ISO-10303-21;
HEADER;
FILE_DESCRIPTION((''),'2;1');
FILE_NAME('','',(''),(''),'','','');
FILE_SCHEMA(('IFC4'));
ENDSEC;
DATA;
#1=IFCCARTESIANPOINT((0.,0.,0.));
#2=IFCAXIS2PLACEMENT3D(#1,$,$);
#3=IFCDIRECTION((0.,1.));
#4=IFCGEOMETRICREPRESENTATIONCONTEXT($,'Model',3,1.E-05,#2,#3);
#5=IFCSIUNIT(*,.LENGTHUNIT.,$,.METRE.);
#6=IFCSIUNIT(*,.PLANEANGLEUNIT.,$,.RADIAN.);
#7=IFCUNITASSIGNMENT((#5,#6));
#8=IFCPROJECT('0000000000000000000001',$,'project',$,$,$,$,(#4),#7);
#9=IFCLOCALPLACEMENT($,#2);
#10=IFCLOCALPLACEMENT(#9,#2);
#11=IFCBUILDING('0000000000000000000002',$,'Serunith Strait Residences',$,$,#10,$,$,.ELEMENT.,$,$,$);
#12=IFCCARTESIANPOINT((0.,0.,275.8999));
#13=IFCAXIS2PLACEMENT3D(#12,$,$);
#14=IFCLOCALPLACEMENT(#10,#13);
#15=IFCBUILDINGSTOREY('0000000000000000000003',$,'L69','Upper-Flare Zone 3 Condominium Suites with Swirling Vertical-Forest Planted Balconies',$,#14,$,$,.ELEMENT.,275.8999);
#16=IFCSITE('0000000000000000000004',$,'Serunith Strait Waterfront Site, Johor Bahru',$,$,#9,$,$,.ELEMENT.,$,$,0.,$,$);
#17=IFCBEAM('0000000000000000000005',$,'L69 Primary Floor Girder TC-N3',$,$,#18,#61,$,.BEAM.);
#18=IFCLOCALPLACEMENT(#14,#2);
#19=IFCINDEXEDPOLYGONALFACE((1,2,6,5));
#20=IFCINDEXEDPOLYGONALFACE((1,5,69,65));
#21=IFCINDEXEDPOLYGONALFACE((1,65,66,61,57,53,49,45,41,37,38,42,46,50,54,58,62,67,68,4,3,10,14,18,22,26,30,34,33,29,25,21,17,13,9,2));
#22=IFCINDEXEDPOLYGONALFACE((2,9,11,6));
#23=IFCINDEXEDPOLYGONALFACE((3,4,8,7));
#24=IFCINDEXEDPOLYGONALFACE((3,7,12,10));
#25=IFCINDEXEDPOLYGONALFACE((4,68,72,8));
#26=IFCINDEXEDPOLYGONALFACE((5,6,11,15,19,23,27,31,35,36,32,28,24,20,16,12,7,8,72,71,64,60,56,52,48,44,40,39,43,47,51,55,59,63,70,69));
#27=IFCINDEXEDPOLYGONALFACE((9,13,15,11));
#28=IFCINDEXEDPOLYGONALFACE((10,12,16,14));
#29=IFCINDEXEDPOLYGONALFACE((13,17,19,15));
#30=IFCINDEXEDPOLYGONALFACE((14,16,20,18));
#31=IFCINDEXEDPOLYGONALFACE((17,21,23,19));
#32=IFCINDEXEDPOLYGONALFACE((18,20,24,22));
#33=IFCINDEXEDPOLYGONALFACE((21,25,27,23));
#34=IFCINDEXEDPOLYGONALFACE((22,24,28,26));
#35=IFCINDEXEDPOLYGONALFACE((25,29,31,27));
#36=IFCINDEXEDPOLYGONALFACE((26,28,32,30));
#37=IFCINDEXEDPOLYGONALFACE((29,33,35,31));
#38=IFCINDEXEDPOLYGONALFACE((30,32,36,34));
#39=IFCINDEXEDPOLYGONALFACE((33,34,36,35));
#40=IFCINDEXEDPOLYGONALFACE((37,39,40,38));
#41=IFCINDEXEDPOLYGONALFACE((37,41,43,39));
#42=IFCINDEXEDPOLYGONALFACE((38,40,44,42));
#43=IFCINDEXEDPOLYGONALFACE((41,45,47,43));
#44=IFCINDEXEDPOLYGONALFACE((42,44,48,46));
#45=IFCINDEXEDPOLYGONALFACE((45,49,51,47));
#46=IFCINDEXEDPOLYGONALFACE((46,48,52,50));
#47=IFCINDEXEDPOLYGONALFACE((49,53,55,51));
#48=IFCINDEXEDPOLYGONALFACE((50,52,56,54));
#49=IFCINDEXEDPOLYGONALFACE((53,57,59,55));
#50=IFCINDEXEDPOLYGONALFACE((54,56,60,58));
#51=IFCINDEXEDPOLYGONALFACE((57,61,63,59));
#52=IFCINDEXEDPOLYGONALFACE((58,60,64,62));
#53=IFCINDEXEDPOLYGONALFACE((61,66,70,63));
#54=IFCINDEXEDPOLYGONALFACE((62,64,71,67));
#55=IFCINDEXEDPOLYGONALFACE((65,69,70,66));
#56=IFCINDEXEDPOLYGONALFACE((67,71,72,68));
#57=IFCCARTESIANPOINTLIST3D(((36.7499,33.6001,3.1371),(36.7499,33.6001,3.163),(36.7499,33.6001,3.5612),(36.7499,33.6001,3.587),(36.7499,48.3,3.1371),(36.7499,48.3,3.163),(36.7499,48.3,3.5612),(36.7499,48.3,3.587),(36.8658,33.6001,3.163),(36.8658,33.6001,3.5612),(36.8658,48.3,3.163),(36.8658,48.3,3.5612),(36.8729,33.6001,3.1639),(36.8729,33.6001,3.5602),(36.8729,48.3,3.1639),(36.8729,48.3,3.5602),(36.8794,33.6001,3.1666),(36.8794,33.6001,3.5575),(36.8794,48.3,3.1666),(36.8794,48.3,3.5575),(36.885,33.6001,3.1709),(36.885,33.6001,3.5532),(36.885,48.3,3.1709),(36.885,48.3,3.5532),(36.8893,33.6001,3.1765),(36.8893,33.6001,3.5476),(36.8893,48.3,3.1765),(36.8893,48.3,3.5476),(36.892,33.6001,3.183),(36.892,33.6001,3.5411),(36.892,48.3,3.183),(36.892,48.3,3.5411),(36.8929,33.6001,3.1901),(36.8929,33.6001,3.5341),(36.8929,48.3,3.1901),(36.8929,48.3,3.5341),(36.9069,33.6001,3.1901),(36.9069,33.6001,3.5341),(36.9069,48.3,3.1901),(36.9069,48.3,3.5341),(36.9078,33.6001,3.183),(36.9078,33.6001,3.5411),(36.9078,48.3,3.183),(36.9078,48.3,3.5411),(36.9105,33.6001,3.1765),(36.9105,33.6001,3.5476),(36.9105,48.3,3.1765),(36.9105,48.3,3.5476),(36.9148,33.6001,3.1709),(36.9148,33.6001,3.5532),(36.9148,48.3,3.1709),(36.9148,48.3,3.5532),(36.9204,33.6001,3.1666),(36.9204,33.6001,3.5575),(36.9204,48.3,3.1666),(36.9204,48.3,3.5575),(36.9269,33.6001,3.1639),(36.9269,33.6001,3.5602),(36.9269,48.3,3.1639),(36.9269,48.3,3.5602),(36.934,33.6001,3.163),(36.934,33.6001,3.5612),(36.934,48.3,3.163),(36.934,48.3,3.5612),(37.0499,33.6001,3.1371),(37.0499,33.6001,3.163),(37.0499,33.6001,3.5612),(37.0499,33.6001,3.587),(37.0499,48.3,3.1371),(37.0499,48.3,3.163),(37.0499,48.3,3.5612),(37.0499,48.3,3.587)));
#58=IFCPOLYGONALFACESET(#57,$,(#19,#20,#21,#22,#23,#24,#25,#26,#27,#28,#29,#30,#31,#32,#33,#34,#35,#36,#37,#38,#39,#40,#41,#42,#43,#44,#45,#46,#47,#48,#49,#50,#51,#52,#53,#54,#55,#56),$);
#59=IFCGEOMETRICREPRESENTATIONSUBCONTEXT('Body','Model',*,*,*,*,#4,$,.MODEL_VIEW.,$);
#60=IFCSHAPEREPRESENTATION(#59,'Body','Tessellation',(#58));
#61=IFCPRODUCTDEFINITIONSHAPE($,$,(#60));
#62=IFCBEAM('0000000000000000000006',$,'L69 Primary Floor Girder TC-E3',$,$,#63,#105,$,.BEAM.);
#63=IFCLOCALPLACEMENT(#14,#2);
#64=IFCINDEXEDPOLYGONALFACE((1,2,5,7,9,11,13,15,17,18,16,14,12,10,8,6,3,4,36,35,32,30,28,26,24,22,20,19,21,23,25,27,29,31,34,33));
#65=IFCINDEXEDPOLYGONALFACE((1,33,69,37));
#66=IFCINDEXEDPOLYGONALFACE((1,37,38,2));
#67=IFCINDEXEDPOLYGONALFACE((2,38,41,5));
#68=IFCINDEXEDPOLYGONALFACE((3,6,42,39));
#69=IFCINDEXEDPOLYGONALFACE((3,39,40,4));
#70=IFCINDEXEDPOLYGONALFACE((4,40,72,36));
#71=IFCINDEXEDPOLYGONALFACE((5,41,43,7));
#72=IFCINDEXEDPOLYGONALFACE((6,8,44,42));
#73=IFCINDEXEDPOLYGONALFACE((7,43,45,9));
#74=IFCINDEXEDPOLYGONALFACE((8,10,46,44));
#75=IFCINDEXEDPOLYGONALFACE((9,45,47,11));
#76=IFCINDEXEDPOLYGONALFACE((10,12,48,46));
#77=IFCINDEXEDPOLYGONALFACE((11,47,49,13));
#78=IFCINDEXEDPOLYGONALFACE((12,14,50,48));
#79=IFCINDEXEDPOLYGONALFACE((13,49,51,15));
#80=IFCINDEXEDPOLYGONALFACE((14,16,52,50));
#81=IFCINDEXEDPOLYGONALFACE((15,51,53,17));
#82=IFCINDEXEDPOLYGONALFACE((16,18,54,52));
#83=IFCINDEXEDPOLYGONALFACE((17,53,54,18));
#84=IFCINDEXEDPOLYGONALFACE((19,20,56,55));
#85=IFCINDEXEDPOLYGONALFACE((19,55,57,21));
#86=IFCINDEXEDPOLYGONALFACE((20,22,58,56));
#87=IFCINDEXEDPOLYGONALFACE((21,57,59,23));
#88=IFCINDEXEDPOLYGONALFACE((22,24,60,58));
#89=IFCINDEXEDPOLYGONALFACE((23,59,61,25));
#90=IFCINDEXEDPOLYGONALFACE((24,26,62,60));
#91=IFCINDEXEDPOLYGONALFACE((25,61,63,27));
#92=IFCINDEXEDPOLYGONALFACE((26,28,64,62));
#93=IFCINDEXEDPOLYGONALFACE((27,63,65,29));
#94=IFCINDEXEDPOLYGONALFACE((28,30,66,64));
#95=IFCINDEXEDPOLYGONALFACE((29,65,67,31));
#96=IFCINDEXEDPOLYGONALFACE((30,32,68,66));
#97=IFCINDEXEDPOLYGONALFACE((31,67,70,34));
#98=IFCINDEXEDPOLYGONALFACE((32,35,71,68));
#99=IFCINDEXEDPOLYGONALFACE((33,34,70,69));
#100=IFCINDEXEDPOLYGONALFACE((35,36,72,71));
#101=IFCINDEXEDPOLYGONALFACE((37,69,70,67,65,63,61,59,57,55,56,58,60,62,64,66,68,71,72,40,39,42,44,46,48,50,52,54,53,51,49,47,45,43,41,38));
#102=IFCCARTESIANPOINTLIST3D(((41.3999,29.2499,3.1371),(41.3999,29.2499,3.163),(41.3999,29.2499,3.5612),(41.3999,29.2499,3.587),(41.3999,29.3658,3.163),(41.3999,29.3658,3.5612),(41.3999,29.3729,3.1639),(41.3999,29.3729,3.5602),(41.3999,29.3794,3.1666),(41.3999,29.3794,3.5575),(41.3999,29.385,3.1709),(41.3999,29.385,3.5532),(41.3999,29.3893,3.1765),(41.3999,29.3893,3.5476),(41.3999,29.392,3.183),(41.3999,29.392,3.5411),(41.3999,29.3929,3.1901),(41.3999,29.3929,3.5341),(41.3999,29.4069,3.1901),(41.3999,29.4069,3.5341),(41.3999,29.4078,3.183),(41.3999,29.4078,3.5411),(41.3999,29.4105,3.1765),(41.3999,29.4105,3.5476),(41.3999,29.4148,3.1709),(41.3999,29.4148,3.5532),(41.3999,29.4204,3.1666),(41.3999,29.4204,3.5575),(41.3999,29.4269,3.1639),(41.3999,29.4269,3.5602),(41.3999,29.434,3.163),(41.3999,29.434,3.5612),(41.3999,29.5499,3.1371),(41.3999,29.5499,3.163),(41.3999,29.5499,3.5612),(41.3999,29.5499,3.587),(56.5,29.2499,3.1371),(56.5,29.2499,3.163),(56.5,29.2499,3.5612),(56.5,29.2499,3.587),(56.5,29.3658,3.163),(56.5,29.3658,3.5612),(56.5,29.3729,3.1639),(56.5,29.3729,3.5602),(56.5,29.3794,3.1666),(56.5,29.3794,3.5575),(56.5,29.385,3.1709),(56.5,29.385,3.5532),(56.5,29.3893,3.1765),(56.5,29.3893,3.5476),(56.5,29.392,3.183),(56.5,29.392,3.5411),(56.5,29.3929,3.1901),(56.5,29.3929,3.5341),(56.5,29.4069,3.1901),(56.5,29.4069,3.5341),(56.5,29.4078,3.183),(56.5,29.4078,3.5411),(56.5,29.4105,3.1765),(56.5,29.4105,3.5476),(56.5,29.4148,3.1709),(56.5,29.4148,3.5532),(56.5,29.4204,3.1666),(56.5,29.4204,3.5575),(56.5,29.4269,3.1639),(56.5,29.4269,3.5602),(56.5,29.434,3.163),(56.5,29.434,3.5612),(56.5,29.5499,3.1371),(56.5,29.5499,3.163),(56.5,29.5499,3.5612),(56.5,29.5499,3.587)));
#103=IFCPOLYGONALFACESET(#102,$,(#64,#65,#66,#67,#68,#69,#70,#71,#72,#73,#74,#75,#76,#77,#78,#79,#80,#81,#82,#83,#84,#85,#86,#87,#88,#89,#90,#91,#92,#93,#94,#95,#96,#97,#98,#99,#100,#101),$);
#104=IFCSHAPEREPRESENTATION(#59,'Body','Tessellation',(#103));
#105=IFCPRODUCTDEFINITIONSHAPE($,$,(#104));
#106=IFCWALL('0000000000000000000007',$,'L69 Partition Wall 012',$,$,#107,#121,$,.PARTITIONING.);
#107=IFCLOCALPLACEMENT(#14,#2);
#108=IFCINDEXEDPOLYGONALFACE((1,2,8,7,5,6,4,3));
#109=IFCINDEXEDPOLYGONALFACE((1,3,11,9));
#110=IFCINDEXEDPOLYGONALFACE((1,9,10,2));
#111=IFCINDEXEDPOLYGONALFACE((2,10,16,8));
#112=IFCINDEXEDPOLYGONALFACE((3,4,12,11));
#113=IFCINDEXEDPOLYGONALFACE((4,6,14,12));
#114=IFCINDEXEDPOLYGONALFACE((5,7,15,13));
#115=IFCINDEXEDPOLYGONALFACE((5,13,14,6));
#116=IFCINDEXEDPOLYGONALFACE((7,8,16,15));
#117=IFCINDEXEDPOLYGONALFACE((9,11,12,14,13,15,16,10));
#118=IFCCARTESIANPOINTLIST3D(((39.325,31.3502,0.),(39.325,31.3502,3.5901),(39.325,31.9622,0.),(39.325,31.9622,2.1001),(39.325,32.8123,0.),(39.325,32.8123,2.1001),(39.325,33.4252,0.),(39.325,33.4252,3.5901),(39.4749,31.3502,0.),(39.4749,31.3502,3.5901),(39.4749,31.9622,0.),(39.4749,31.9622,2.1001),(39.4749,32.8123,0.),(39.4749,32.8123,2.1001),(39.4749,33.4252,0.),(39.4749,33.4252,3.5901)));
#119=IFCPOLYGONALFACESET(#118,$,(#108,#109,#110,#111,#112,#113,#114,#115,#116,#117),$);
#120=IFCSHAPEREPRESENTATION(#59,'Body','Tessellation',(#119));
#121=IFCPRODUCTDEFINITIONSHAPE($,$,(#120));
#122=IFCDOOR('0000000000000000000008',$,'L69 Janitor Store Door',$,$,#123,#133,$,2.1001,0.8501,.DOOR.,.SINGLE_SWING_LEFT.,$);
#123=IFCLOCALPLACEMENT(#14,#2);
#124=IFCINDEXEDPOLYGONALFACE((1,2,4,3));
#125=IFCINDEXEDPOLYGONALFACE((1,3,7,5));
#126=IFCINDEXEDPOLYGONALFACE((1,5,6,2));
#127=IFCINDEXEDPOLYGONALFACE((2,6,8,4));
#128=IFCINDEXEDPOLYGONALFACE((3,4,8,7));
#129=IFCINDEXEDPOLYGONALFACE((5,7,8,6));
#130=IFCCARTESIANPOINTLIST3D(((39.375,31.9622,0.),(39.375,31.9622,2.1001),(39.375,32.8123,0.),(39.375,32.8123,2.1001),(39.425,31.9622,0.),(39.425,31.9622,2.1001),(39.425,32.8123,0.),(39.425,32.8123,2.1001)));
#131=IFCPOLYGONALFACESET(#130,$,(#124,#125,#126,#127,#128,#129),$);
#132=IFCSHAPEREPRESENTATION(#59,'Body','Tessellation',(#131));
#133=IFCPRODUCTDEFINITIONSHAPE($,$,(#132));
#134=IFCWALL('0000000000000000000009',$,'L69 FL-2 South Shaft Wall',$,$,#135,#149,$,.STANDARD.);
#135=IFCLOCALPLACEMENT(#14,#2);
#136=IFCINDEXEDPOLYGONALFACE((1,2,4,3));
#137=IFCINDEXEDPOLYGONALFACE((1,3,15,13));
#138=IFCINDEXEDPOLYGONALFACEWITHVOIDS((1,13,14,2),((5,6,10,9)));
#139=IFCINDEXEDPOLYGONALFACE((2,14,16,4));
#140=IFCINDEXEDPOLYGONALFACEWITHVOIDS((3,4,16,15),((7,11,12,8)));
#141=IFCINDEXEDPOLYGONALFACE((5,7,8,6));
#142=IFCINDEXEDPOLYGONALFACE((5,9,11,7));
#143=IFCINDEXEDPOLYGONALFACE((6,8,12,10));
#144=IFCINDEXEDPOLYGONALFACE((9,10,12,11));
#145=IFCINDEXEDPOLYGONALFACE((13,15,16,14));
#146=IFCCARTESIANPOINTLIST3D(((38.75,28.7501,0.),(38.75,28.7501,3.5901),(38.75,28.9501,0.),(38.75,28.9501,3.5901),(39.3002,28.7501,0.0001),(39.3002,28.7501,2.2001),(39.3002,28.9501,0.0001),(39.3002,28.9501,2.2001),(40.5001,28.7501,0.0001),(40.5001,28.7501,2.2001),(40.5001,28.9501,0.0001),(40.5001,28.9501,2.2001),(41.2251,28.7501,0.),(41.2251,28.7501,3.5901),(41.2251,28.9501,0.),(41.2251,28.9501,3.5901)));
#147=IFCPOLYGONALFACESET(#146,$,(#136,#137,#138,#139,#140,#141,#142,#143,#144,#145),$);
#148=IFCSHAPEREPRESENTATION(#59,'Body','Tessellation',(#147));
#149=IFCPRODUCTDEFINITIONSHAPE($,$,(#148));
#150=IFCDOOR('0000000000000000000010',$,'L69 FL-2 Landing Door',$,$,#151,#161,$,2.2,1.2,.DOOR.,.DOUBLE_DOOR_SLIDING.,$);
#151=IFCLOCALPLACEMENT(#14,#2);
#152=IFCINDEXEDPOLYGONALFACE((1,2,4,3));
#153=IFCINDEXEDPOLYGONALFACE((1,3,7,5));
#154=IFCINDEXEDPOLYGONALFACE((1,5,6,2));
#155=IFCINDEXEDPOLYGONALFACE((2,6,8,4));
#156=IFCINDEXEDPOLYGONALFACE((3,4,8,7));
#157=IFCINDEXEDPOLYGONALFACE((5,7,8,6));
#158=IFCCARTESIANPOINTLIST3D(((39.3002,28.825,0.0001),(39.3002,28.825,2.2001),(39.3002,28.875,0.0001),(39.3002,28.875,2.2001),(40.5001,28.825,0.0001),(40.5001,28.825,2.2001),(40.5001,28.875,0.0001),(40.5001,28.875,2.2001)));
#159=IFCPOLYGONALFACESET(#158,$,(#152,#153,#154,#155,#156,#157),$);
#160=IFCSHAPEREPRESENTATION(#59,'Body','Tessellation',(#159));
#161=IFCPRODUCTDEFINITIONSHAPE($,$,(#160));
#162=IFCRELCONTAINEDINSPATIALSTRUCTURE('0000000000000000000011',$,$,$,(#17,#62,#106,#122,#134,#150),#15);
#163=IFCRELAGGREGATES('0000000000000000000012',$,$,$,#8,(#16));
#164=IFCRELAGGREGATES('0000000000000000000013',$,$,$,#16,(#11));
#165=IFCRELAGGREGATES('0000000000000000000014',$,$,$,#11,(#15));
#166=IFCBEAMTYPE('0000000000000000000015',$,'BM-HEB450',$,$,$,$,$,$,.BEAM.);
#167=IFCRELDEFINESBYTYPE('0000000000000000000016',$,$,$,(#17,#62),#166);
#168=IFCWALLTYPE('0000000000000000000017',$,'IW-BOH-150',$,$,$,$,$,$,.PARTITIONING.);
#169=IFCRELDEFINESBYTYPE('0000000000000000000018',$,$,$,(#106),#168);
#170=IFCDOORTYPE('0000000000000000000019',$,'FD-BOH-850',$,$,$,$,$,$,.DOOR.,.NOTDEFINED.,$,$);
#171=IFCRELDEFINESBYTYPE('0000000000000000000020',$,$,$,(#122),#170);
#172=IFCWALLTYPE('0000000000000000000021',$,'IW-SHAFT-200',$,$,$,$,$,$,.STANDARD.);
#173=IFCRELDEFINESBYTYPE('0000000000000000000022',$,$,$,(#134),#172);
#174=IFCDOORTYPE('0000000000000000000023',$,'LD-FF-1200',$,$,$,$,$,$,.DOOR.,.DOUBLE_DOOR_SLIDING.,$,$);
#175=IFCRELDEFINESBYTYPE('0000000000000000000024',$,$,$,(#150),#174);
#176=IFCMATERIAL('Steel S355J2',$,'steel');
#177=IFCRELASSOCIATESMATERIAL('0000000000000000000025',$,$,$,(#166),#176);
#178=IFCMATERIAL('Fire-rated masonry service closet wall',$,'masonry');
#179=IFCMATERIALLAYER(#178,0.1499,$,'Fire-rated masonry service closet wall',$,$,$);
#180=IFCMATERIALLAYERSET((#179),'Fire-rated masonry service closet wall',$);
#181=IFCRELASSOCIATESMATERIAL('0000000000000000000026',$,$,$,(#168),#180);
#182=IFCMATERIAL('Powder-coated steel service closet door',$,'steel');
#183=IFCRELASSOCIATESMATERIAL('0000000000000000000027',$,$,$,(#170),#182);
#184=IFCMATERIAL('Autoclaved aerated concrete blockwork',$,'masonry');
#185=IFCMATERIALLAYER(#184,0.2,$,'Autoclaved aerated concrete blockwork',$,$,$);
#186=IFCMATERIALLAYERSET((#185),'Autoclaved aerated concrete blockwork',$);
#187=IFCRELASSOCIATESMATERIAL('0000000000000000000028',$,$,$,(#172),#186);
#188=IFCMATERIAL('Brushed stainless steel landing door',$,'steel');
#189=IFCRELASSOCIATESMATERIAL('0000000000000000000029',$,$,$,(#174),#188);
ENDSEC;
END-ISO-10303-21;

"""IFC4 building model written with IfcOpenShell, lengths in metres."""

from ifc_helpers import new_model, si_unit, direction, frame, frame_2d, origin, origin_2d, place, context, subcontext, project, spatial, rectangle, i_section, extrude, source, transform, mapped, material, layer, layer_set, material_profile, profile_set, type_object, element, fill, save


model = new_model("IFC4")

# Units and contexts
model_context = context("Model", 3, precision=1e-05, world=origin(), true_north=direction((0.0, 1.0)))
body_context = subcontext(model_context, "Body", "Model", "MODEL_VIEW")
ifc_project = project(units=[si_unit("LENGTHUNIT", "METRE"), si_unit("PLANEANGLEUNIT", "RADIAN")], contexts=[model_context])

# Site, building, storey
site_placement = place(None, origin())
site = spatial("IfcSite", under=ifc_project, at=site_placement, Name="Serunith Strait Waterfront Site, Johor Bahru", CompositionType="ELEMENT", RefElevation=0.0)
building_placement = place(site_placement, origin())
building = spatial("IfcBuilding", under=site, at=building_placement, Name="Serunith Strait Residences", CompositionType="ELEMENT")
storey_placement = place(building_placement, frame((0.0, 0.0, 275.8999)))
storey = spatial("IfcBuildingStorey", under=building, at=storey_placement, Name="L69", Description="Upper-Flare Zone 3 Condominium Suites with Swirling Vertical-Forest Planted Balconies", CompositionType="ELEMENT", Elevation=275.8999)

# Beams
ifc_material_1 = material(Name="Steel S355J2", Category="steel")
ifc_material_profile = material_profile(ifc_material_1, i_section(OverallWidth=0.3, OverallDepth=0.45, WebThickness=0.0139, FlangeThickness=0.0259, FilletRadius=0.0271, at=origin_2d()), Name="HEB 450")
ifc_profile_set = profile_set([ifc_material_profile], Name="Steel S355J2")
beam_type = type_object("IfcBeamType", Name="BM-HEB450", PredefinedType="BEAM", material=ifc_profile_set)
shared_shape_1 = source(origin(), body_context, "Body", "SweptSolid", [
    extrude(i_section(OverallWidth=0.3, OverallDepth=0.45, WebThickness=0.0139, FlangeThickness=0.0259, FilletRadius=0.0271, at=origin_2d()), origin(), (0.0, 0.0, 1.0), 14.7),
])
beam_1_placement = place(storey_placement, frame((36.8999, 33.6001, 3.3621), z_axis=(0.0, 1.0, 0.0), x_axis=(-1.0, 0.0, 0.0)))
element("IfcBeam", 1, at=beam_1_placement, inside=storey, type_object=beam_type, Name="L69 Primary Floor Girder TC-N3", PredefinedType="BEAM", context=body_context, shape_type="MappedRepresentation", body=[
    mapped(shared_shape_1, transform((0.0, 0.0, 0.0), scale=1.0)),
])
shared_shape_2 = source(origin(), body_context, "Body", "SweptSolid", [
    extrude(i_section(OverallWidth=0.3, OverallDepth=0.45, WebThickness=0.0139, FlangeThickness=0.0259, FilletRadius=0.0271, at=origin_2d()), origin(), (0.0, 0.0, 1.0), 15.1001),
])
beam_2_placement = place(storey_placement, frame((41.3999, 29.3999, 3.3621), z_axis=(1.0, 0.0, 0.0), x_axis=(0.0, 1.0, 0.0)))
element("IfcBeam", 2, at=beam_2_placement, inside=storey, type_object=beam_type, Name="L69 Primary Floor Girder TC-E3", PredefinedType="BEAM", context=body_context, shape_type="MappedRepresentation", body=[
    mapped(shared_shape_2, transform((0.0, 0.0, 0.0), scale=1.0)),
])

# Walls, openings, doors
ifc_material_2 = material(Name="Fire-rated masonry service closet wall", Category="masonry")
ifc_layer_1 = layer(ifc_material_2, 0.1499, Name="Fire-rated masonry service closet wall")
ifc_layer_set_1 = layer_set([ifc_layer_1], Name="Fire-rated masonry service closet wall")
wall_type_1 = type_object("IfcWallType", Name="IW-BOH-150", PredefinedType="PARTITIONING", material=ifc_layer_set_1)
wall_1_placement = place(storey_placement, frame((39.3999, 31.3501, 0.0), z_axis=(0.0, 0.0, 1.0), x_axis=(0.0, 1.0, 0.0)))
wall_1 = element("IfcWall", 3, at=wall_1_placement, inside=storey, type_object=wall_type_1, Name="L69 Partition Wall 012", PredefinedType="PARTITIONING", context=body_context, shape_type="SweptSolid", body=[
    extrude(rectangle(XDim=2.075, YDim=0.1499, at=frame_2d((1.0376, 0.0))), origin(), (0.0, 0.0, 1.0), 3.5901),
])
opening_1_placement = place(wall_1_placement, frame((0.6121, 0.0, 0.0)))
opening_1 = element("IfcOpeningElement", 4, at=opening_1_placement, cuts=wall_1, PredefinedType="OPENING", context=body_context, shape_type="SweptSolid", body=[
    extrude(rectangle(XDim=0.8501, YDim=2.1001, at=frame_2d((0.425, 1.05))), frame((0.0, 0.085, 0.0), z_axis=(0.0, -1.0, 0.0), x_axis=(1.0, 0.0, 0.0)), (0.0, 0.0, 1.0), 0.1699),
])
ifc_material_3 = material(Name="Powder-coated steel service closet door", Category="steel")
door_type_1 = type_object("IfcDoorType", Name="FD-BOH-850", OperationType="NOTDEFINED", PredefinedType="DOOR", material=ifc_material_3)
shared_shape_3 = source(origin(), body_context, "Body", "SweptSolid", [
    extrude(rectangle(XDim=0.8501, YDim=2.1001, at=frame_2d((0.425, 1.05))), frame((0.0, 0.0249, 0.0), z_axis=(0.0, -1.0, 0.0), x_axis=(1.0, 0.0, 0.0)), (0.0, 0.0, 1.0), 0.05),
])
door_1_placement = place(opening_1_placement, origin())
door_1 = element("IfcDoor", 5, at=door_1_placement, inside=storey, type_object=door_type_1, Name="L69 Janitor Store Door", OperationType="SINGLE_SWING_LEFT", OverallHeight=2.1001, OverallWidth=0.8501, PredefinedType="DOOR", context=body_context, shape_type="MappedRepresentation", body=[
    mapped(shared_shape_3, transform((0.0, 0.0, 0.0), scale=1.0)),
])
fill(opening_1, door_1)
ifc_material_4 = material(Name="Autoclaved aerated concrete blockwork", Category="masonry")
ifc_layer_2 = layer(ifc_material_4, 0.2, Name="Autoclaved aerated concrete blockwork")
ifc_layer_set_2 = layer_set([ifc_layer_2], Name="Autoclaved aerated concrete blockwork")
wall_type_2 = type_object("IfcWallType", Name="IW-SHAFT-200", PredefinedType="STANDARD", material=ifc_layer_set_2)
wall_2_placement = place(storey_placement, frame((38.75, 28.8501, 0.0), z_axis=(0.0, 0.0, 1.0), x_axis=(1.0, 0.0, 0.0)))
wall_2 = element("IfcWall", 6, at=wall_2_placement, inside=storey, type_object=wall_type_2, Name="L69 FL-2 South Shaft Wall", PredefinedType="STANDARD", context=body_context, shape_type="SweptSolid", body=[
    extrude(rectangle(XDim=2.4751, YDim=0.2, at=frame_2d((1.2375, 0.0))), origin(), (0.0, 0.0, 1.0), 3.5901),
])
opening_2_placement = place(wall_2_placement, frame((0.55, 0.0, 0.0)))
opening_2 = element("IfcOpeningElement", 7, at=opening_2_placement, cuts=wall_2, PredefinedType="OPENING", context=body_context, shape_type="SweptSolid", body=[
    extrude(rectangle(XDim=1.2, YDim=2.2, at=frame_2d((0.6001, 1.1001))), frame((0.0, 0.1099, 0.0), z_axis=(0.0, -1.0, 0.0), x_axis=(1.0, 0.0, 0.0)), (0.0, 0.0, 1.0), 0.22),
])
ifc_material_5 = material(Name="Brushed stainless steel landing door", Category="steel")
door_type_2 = type_object("IfcDoorType", Name="LD-FF-1200", OperationType="DOUBLE_DOOR_SLIDING", PredefinedType="DOOR", material=ifc_material_5)
shared_shape_4 = source(origin(), body_context, "Body", "SweptSolid", [
    extrude(rectangle(XDim=1.2, YDim=2.2, at=frame_2d((0.6001, 1.1001))), frame((0.0, 0.0249, 0.0), z_axis=(0.0, -1.0, 0.0), x_axis=(1.0, 0.0, 0.0)), (0.0, 0.0, 1.0), 0.05),
])
door_2_placement = place(opening_2_placement, origin())
door_2 = element("IfcDoor", 8, at=door_2_placement, inside=storey, type_object=door_type_2, Name="L69 FL-2 Landing Door", OperationType="DOUBLE_DOOR_SLIDING", OverallHeight=2.2, OverallWidth=1.2, PredefinedType="DOOR", context=body_context, shape_type="MappedRepresentation", body=[
    mapped(shared_shape_4, transform((0.0, 0.0, 0.0), scale=1.0)),
])
fill(opening_2, door_2)

save(model, "model.ifc")
